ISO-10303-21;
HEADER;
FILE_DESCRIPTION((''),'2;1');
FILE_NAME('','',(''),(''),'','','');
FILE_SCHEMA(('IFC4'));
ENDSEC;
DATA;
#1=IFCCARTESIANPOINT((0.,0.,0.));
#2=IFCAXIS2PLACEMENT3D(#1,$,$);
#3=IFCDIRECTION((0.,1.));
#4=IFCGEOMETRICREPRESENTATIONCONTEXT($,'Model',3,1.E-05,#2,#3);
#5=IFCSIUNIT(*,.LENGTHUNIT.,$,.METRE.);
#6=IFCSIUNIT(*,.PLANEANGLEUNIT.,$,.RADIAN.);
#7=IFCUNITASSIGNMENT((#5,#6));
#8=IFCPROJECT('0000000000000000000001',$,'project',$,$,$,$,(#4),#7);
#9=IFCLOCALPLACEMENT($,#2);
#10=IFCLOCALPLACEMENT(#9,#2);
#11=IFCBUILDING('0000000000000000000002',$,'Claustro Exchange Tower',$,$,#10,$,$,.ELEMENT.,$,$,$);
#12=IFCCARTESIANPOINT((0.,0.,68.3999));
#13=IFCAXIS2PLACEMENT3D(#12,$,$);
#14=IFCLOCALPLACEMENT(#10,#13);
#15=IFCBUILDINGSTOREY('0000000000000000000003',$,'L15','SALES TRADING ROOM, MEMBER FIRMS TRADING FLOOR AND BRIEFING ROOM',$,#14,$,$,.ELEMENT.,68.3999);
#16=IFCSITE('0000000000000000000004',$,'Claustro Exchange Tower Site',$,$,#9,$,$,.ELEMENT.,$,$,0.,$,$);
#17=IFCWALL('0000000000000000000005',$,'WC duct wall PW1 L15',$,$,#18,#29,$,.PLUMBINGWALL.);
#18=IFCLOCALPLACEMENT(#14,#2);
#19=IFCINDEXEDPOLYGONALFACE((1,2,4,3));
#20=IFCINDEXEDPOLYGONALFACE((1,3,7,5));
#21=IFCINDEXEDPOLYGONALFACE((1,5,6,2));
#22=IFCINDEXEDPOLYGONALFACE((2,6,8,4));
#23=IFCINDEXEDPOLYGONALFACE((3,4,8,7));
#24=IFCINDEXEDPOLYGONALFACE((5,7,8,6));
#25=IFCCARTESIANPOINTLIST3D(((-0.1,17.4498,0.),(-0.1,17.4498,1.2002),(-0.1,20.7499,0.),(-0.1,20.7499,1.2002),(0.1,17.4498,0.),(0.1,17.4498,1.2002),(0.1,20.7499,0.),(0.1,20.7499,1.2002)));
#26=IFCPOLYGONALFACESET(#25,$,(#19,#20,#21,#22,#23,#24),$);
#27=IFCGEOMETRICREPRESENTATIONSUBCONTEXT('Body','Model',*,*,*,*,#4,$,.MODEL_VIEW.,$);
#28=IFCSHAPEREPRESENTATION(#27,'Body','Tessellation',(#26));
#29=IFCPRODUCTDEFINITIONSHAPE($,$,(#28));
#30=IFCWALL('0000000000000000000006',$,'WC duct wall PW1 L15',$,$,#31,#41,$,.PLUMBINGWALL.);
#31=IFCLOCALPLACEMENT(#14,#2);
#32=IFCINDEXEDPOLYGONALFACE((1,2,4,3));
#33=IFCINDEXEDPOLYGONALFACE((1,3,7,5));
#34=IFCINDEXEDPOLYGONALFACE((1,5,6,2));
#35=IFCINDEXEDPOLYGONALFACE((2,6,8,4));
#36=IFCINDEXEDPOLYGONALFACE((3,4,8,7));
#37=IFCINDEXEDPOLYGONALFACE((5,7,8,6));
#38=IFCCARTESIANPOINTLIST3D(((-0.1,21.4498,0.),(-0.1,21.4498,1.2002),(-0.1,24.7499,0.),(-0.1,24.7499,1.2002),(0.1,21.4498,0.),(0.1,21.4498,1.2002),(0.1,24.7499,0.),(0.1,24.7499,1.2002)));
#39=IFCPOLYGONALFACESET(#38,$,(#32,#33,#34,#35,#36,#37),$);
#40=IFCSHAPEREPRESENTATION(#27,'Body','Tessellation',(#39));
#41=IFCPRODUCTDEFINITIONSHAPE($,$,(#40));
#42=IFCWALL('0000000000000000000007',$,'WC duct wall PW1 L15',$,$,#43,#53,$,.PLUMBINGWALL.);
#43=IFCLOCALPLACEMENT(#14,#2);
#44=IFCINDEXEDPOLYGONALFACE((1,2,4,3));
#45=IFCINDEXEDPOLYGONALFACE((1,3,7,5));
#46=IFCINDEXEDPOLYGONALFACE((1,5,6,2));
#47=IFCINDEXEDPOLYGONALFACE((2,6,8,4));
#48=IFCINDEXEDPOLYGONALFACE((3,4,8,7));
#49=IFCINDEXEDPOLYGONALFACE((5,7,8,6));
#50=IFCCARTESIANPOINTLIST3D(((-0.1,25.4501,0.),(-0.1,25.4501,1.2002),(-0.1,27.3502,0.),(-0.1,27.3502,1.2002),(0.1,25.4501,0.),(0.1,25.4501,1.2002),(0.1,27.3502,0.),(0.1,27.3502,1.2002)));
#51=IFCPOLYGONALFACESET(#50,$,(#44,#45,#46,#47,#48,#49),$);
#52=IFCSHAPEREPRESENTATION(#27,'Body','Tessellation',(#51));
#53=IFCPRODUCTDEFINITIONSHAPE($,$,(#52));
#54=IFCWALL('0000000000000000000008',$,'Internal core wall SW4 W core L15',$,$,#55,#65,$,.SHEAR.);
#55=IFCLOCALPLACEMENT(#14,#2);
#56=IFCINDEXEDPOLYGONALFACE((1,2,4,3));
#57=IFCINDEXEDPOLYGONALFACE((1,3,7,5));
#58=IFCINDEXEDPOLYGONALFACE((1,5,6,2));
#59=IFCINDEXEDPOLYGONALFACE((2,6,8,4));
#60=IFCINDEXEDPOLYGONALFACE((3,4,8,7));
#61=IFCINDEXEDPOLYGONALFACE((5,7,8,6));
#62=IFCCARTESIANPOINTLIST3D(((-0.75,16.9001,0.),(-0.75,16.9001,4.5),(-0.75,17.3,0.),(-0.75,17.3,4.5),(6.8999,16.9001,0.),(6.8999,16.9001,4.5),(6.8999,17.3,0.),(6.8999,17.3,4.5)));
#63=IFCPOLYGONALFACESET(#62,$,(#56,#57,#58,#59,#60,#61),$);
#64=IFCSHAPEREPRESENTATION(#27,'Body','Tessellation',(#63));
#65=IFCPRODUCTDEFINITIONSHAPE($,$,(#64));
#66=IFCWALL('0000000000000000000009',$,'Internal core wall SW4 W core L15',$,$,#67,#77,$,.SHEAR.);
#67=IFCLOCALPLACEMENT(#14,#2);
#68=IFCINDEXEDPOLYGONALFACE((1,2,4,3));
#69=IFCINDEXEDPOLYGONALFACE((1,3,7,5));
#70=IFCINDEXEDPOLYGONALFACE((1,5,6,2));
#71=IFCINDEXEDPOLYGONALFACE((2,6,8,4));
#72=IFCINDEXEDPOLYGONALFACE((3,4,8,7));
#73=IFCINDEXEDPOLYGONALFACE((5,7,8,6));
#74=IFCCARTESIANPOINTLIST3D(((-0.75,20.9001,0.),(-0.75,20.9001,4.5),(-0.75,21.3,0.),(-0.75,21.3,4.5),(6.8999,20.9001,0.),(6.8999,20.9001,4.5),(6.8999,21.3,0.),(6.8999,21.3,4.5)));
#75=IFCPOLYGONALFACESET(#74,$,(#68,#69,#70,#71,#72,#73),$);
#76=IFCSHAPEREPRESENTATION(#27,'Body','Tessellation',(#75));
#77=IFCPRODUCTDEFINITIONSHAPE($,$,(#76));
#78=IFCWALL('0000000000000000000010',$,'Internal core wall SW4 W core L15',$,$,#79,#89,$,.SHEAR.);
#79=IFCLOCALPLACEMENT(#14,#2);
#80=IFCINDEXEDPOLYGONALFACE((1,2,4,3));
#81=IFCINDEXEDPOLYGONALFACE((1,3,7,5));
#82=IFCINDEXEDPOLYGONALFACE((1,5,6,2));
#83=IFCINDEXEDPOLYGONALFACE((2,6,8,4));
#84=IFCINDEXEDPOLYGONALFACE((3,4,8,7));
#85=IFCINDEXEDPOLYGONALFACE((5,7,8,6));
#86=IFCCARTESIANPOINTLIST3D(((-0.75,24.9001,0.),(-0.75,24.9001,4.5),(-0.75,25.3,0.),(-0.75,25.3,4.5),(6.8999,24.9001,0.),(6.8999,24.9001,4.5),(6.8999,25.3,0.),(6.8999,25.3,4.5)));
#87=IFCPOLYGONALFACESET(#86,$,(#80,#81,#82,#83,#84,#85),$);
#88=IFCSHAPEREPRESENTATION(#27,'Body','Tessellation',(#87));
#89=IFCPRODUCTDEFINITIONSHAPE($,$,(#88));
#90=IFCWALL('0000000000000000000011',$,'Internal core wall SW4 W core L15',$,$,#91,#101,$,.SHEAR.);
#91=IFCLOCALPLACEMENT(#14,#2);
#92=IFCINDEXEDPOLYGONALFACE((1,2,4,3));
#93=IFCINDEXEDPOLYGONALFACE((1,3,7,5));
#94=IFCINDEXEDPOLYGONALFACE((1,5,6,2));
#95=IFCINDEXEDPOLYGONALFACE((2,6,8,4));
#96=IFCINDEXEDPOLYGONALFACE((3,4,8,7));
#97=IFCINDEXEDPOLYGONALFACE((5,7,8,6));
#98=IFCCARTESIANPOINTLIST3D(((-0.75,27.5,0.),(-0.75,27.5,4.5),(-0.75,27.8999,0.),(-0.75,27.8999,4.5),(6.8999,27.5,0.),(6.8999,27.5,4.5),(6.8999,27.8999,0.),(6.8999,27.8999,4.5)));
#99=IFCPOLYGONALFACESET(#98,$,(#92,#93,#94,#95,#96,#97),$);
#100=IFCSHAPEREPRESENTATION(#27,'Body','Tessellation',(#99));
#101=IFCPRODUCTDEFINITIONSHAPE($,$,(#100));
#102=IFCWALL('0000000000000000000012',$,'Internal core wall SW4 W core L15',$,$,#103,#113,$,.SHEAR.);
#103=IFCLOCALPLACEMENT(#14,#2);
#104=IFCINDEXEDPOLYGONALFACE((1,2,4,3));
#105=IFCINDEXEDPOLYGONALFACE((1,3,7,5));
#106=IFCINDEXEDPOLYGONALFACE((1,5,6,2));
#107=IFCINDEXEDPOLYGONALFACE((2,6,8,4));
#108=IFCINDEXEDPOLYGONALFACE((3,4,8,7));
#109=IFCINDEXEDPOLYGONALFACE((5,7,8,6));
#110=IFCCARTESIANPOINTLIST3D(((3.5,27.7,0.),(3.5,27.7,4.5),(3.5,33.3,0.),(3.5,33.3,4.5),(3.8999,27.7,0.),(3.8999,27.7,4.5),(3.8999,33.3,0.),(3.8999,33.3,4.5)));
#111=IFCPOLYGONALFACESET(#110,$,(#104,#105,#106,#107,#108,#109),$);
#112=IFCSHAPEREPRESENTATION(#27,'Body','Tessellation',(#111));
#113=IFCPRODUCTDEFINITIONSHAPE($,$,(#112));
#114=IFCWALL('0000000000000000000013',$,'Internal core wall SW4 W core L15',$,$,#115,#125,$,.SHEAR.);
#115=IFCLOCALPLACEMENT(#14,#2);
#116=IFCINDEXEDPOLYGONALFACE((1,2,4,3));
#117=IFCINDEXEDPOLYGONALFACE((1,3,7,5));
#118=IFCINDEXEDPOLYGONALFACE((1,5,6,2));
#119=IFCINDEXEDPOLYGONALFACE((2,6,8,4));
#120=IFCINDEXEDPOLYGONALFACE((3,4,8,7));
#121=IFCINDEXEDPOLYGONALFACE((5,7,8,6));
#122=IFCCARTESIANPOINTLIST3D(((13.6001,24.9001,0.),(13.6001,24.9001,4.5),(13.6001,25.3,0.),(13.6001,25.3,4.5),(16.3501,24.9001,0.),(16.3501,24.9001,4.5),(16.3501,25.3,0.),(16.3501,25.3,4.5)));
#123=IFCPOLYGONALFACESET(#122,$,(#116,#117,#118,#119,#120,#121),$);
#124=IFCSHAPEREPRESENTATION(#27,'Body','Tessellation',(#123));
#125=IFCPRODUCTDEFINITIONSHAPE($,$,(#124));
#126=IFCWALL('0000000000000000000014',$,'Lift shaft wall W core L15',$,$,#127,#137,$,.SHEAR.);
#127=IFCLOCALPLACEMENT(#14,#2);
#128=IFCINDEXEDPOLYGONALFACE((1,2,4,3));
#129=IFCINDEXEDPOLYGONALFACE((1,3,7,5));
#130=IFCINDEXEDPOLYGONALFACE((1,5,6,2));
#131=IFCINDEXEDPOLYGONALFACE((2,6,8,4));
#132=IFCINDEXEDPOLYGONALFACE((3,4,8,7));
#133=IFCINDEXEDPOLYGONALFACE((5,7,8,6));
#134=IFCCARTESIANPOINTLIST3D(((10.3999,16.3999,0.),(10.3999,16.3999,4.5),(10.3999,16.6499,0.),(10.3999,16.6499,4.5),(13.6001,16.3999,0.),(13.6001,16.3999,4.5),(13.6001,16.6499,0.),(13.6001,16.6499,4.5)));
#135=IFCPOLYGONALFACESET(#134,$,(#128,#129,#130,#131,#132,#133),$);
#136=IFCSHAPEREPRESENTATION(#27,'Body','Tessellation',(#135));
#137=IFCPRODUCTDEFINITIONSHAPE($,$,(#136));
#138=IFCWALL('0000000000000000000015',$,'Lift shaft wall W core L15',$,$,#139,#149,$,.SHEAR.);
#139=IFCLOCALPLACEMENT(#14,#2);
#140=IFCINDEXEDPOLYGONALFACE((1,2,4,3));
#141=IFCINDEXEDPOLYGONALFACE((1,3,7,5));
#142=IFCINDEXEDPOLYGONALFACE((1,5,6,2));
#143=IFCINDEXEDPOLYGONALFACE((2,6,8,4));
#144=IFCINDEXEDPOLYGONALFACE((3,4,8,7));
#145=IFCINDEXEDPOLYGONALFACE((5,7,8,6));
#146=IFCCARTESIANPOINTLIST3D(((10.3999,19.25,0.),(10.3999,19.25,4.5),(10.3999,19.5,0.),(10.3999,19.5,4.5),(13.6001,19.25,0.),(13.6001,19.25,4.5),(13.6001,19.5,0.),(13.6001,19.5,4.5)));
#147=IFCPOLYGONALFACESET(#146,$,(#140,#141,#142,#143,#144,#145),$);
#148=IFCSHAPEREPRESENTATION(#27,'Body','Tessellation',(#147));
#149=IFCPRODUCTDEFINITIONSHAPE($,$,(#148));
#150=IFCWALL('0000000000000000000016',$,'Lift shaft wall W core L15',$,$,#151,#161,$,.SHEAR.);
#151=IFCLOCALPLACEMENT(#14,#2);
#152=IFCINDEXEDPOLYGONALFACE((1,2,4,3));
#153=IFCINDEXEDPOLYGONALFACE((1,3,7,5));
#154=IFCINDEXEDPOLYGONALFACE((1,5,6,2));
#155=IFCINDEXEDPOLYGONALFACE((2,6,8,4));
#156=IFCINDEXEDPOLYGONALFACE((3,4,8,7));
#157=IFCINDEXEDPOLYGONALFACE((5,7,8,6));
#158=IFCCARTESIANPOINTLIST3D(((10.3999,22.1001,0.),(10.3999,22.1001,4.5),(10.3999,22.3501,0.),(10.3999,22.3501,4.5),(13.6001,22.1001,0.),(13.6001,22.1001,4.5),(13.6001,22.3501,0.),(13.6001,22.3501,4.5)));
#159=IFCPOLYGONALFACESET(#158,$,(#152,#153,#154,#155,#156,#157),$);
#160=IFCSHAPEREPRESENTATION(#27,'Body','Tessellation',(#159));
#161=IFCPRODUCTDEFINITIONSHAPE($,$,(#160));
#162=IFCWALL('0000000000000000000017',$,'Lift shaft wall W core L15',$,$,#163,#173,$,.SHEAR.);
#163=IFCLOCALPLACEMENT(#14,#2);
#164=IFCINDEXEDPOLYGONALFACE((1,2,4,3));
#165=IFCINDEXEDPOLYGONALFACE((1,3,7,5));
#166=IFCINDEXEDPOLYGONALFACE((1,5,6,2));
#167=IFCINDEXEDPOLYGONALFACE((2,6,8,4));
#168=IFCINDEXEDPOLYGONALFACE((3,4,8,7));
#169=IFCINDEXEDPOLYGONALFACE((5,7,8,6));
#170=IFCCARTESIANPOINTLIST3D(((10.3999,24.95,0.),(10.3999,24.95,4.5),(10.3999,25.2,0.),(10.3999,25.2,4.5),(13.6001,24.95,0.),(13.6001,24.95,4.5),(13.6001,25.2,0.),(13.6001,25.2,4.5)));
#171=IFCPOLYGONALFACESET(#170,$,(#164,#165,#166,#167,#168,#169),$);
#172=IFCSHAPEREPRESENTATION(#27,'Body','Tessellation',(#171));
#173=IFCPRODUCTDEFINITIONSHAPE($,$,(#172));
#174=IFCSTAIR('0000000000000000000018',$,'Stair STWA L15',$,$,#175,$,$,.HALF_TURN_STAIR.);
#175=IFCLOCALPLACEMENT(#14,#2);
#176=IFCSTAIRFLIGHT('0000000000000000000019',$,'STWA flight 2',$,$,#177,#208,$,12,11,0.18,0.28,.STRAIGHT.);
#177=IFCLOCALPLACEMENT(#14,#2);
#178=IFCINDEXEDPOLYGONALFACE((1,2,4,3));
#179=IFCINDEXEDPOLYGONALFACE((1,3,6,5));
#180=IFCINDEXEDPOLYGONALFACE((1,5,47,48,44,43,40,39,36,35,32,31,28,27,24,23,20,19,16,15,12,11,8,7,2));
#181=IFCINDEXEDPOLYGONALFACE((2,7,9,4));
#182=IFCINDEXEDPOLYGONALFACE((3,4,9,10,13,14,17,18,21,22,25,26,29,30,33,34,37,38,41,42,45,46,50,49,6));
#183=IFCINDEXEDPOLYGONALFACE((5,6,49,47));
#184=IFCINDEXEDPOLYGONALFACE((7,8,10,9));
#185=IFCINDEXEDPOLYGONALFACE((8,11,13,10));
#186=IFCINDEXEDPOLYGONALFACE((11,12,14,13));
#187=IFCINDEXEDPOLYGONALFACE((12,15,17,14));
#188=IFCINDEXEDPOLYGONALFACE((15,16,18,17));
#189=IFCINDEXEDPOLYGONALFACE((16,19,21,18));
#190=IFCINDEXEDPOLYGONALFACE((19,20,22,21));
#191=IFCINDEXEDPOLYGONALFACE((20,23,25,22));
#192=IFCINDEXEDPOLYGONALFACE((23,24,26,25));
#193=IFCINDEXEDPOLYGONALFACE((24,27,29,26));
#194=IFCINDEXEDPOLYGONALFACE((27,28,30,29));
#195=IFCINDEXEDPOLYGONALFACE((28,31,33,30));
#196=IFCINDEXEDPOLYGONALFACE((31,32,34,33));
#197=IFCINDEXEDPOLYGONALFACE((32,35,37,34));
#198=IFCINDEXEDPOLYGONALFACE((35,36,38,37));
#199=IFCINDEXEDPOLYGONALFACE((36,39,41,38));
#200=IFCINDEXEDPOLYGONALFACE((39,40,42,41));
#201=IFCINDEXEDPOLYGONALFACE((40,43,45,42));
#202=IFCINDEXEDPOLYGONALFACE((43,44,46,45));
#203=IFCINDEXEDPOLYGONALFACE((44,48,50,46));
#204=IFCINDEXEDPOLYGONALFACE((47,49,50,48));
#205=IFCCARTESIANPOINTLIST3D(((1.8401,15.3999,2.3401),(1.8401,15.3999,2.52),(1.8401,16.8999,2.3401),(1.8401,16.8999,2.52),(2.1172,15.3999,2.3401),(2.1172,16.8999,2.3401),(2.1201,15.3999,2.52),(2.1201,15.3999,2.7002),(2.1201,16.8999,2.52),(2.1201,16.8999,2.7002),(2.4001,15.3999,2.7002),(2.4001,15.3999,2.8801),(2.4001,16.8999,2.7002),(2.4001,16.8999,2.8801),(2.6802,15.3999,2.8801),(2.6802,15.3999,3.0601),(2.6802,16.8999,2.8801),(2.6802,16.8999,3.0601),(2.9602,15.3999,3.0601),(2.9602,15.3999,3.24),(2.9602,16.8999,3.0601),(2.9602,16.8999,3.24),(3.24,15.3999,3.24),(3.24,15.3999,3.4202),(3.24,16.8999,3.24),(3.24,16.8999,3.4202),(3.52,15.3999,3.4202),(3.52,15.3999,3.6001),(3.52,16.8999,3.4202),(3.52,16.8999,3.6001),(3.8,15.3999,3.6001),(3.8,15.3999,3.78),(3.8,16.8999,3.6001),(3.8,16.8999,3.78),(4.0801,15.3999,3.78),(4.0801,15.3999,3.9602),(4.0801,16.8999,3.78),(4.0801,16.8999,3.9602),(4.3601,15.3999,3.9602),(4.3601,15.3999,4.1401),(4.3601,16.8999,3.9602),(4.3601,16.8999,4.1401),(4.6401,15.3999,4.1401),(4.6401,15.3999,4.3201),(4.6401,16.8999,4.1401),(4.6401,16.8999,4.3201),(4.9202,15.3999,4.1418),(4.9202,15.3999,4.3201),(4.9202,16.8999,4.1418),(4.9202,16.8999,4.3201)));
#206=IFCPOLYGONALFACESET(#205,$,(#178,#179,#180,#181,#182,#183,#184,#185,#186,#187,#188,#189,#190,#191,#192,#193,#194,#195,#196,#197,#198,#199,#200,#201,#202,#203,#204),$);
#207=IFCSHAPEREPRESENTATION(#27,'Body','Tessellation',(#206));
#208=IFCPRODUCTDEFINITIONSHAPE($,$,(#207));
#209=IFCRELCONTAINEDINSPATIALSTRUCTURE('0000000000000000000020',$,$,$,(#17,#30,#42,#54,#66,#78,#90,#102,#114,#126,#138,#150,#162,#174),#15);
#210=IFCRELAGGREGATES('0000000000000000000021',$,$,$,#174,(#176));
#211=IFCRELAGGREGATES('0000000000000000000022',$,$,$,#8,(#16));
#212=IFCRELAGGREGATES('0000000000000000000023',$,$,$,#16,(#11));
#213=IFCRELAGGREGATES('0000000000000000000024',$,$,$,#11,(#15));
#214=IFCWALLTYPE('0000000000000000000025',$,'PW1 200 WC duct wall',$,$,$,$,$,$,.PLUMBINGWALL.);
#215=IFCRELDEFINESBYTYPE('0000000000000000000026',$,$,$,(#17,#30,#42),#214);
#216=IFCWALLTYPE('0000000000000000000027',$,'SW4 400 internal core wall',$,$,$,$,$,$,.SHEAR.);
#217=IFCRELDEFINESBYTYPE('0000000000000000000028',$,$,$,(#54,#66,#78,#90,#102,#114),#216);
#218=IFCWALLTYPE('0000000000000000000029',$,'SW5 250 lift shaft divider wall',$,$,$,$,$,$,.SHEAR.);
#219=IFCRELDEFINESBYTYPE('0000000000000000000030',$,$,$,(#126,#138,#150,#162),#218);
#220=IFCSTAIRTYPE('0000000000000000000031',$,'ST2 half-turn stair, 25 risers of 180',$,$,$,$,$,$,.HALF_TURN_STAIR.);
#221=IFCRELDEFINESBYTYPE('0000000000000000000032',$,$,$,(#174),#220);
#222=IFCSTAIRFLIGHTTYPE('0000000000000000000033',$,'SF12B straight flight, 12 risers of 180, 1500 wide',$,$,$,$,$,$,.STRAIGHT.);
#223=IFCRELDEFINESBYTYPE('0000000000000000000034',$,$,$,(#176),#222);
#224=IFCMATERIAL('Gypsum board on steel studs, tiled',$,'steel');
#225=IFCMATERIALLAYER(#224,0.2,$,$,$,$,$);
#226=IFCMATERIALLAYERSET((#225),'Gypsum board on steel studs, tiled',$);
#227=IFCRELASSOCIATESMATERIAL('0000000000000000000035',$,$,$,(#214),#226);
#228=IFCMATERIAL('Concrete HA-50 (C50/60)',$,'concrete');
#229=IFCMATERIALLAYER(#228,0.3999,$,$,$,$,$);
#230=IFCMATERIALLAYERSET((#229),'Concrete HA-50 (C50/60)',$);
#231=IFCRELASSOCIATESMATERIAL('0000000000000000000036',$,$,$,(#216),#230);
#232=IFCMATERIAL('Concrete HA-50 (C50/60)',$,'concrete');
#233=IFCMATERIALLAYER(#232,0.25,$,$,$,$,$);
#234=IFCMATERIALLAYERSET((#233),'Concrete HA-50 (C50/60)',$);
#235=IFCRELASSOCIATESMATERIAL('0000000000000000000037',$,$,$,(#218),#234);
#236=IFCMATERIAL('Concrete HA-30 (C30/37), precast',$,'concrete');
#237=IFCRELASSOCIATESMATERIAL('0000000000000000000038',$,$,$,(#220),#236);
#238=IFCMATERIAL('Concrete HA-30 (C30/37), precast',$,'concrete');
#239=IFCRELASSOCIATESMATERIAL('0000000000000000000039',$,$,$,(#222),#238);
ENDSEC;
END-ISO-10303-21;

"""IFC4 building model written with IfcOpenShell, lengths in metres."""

from ifc_helpers import new_model, si_unit, direction, frame, frame_2d, origin, place, context, subcontext, project, spatial, polyline, rectangle, outline, extrude, material, layer, layer_set, type_object, element, aggregate, save


model = new_model("IFC4")

# Units and contexts
model_context = context("Model", 3, precision=1e-05, world=origin(), true_north=direction((0.0, 1.0)))
body_context = subcontext(model_context, "Body", "Model", "MODEL_VIEW")
ifc_project = project(units=[si_unit("LENGTHUNIT", "METRE"), si_unit("PLANEANGLEUNIT", "RADIAN")], contexts=[model_context])

# Site, building, storey
site_placement = place(None, origin())
site = spatial("IfcSite", under=ifc_project, at=site_placement, Name="Claustro Exchange Tower Site", CompositionType="ELEMENT", RefElevation=0.0)
building_placement = place(site_placement, origin())
building = spatial("IfcBuilding", under=site, at=building_placement, Name="Claustro Exchange Tower", CompositionType="ELEMENT")
storey_placement = place(building_placement, frame((0.0, 0.0, 68.3999)))
storey = spatial("IfcBuildingStorey", under=building, at=storey_placement, Name="L15", Description="SALES TRADING ROOM, MEMBER FIRMS TRADING FLOOR AND BRIEFING ROOM", CompositionType="ELEMENT", Elevation=68.3999)

# Walls
ifc_material_1 = material(Name="Gypsum board on steel studs, tiled", Category="steel")
ifc_layer_1 = layer(ifc_material_1, 0.2)
ifc_layer_set_1 = layer_set([ifc_layer_1], Name="Gypsum board on steel studs, tiled")
wall_type_1 = type_object("IfcWallType", Name="PW1 200 WC duct wall", PredefinedType="PLUMBINGWALL", material=ifc_layer_set_1)
for number, where, z_axis, x_axis, name in (
    (1, (0.0, 17.45, 0.0), (0.0, 0.0, 1.0), (0.0, 1.0, 0.0), "WC duct wall PW1 L15"),
    (2, (0.0, 21.45, 0.0), (0.0, 0.0, 1.0), (0.0, 1.0, 0.0), "WC duct wall PW1 L15"),
):
    element("IfcWall", number, at=place(storey_placement, frame(where, z_axis=z_axis, x_axis=x_axis)), inside=storey, type_object=wall_type_1, Name=name, PredefinedType="PLUMBINGWALL", context=body_context, shape_type="SweptSolid", body=[
        extrude(rectangle(XDim=3.3, YDim=0.2, at=frame_2d((1.6499, 0.0))), origin(), (0.0, 0.0, 1.0), 1.2002),
    ])
wall_1_placement = place(storey_placement, frame((0.0, 25.45, 0.0), z_axis=(0.0, 0.0, 1.0), x_axis=(0.0, 1.0, 0.0)))
element("IfcWall", 3, at=wall_1_placement, inside=storey, type_object=wall_type_1, Name="WC duct wall PW1 L15", PredefinedType="PLUMBINGWALL", context=body_context, shape_type="SweptSolid", body=[
    extrude(rectangle(XDim=1.9001, YDim=0.2, at=frame_2d((0.9502, 0.0))), origin(), (0.0, 0.0, 1.0), 1.2002),
])
ifc_material_2 = material(Name="Concrete HA-50 (C50/60)", Category="concrete")
ifc_layer_2 = layer(ifc_material_2, 0.3999)
ifc_layer_set_2 = layer_set([ifc_layer_2], Name="Concrete HA-50 (C50/60)")
wall_type_2 = type_object("IfcWallType", Name="SW4 400 internal core wall", PredefinedType="SHEAR", material=ifc_layer_set_2)
for number, where, z_axis, x_axis, name in (
    (4, (-0.75, 17.1001, 0.0), (0.0, 0.0, 1.0), (1.0, 0.0, 0.0), "Internal core wall SW4 W core L15"),
    (5, (-0.75, 21.1001, 0.0), (0.0, 0.0, 1.0), (1.0, 0.0, 0.0), "Internal core wall SW4 W core L15"),
    (6, (-0.75, 25.1001, 0.0), (0.0, 0.0, 1.0), (1.0, 0.0, 0.0), "Internal core wall SW4 W core L15"),
    (7, (-0.75, 27.7, 0.0), (0.0, 0.0, 1.0), (1.0, 0.0, 0.0), "Internal core wall SW4 W core L15"),
):
    element("IfcWall", number, at=place(storey_placement, frame(where, z_axis=z_axis, x_axis=x_axis)), inside=storey, type_object=wall_type_2, Name=name, PredefinedType="SHEAR", context=body_context, shape_type="SweptSolid", body=[
        extrude(rectangle(XDim=7.6499, YDim=0.3999, at=frame_2d((3.825, 0.0))), origin(), (0.0, 0.0, 1.0), 4.5),
    ])
wall_2_placement = place(storey_placement, frame((3.7, 27.7, 0.0), z_axis=(0.0, 0.0, 1.0), x_axis=(0.0, 1.0, 0.0)))
element("IfcWall", 8, at=wall_2_placement, inside=storey, type_object=wall_type_2, Name="Internal core wall SW4 W core L15", PredefinedType="SHEAR", context=body_context, shape_type="SweptSolid", body=[
    extrude(rectangle(XDim=5.6001, YDim=0.3999, at=frame_2d((2.8, 0.0))), origin(), (0.0, 0.0, 1.0), 4.5),
])
wall_3_placement = place(storey_placement, frame((13.6001, 25.1001, 0.0), z_axis=(0.0, 0.0, 1.0), x_axis=(1.0, 0.0, 0.0)))
element("IfcWall", 9, at=wall_3_placement, inside=storey, type_object=wall_type_2, Name="Internal core wall SW4 W core L15", PredefinedType="SHEAR", context=body_context, shape_type="SweptSolid", body=[
    extrude(rectangle(XDim=2.75, YDim=0.3999, at=frame_2d((1.375, 0.0))), origin(), (0.0, 0.0, 1.0), 4.5),
])
ifc_material_3 = material(Name="Concrete HA-50 (C50/60)", Category="concrete")
ifc_layer_3 = layer(ifc_material_3, 0.25)
ifc_layer_set_3 = layer_set([ifc_layer_3], Name="Concrete HA-50 (C50/60)")
wall_type_3 = type_object("IfcWallType", Name="SW5 250 lift shaft divider wall", PredefinedType="SHEAR", material=ifc_layer_set_3)
for number, where, z_axis, x_axis, name in (
    (10, (10.3999, 16.5249, 0.0), (0.0, 0.0, 1.0), (1.0, 0.0, 0.0), "Lift shaft wall W core L15"),
    (11, (10.3999, 19.375, 0.0), (0.0, 0.0, 1.0), (1.0, 0.0, 0.0), "Lift shaft wall W core L15"),
    (12, (10.3999, 22.2251, 0.0), (0.0, 0.0, 1.0), (1.0, 0.0, 0.0), "Lift shaft wall W core L15"),
    (13, (10.3999, 25.075, 0.0), (0.0, 0.0, 1.0), (1.0, 0.0, 0.0), "Lift shaft wall W core L15"),
):
    element("IfcWall", number, at=place(storey_placement, frame(where, z_axis=z_axis, x_axis=x_axis)), inside=storey, type_object=wall_type_3, Name=name, PredefinedType="SHEAR", context=body_context, shape_type="SweptSolid", body=[
        extrude(rectangle(XDim=3.2002, YDim=0.25, at=frame_2d((1.6001, 0.0))), origin(), (0.0, 0.0, 1.0), 4.5),
    ])

# Stair, stair flight
ifc_material_4 = material(Name="Concrete HA-30 (C30/37), precast", Category="concrete")
stair_type = type_object("IfcStairType", Name="ST2 half-turn stair, 25 risers of 180", PredefinedType="HALF_TURN_STAIR", material=ifc_material_4)
stair_placement = place(storey_placement, origin())
stair = element("IfcStair", 14, at=stair_placement, inside=storey, type_object=stair_type, Name="Stair STWA L15", PredefinedType="HALF_TURN_STAIR")
ifc_material_5 = material(Name="Concrete HA-30 (C30/37), precast", Category="concrete")
stair_flight_type = type_object("IfcStairFlightType", Name="SF12B straight flight, 12 risers of 180, 1500 wide", PredefinedType="STRAIGHT", material=ifc_material_5)
stair_flight_placement = place(storey_placement, frame((1.8401, 16.1499, 2.3401), z_axis=(0.0, 0.0, 1.0), x_axis=(1.0, 0.0, 0.0)))
stair_flight = element("IfcStairFlight", 15, at=stair_flight_placement, type_object=stair_flight_type, Name="STWA flight 2", NumberOfRisers=12, NumberOfTreads=11, PredefinedType="STRAIGHT", RiserHeight=0.18, TreadLength=0.28, context=body_context, shape_type="SweptSolid", body=[
    extrude(outline(polyline([(0.0, 0.0), (0.0, 0.1799), (0.28, 0.1799), (0.28, 0.3601), (0.5601, 0.3601), (0.5601, 0.54), (0.8401, 0.54), (0.8401, 0.72), (1.1201, 0.72), (1.1201, 0.8999), (1.3999, 0.8999), (1.3999, 1.0801), (1.6799, 1.0801), (1.6799, 1.26), (1.96, 1.26), (1.96, 1.4399), (2.24, 1.4399), (2.24, 1.6201), (2.52, 1.6201), (2.52, 1.8), (2.8, 1.8), (2.8, 1.98), (3.0801, 1.98), (3.0801, 2.1599), (3.0801, 1.8018), (0.2771, 0.0), (0.0, 0.0)])), frame((0.0, 0.75, 0.0), z_axis=(0.0, -1.0, 0.0), x_axis=(1.0, 0.0, 0.0)), (0.0, 0.0, 1.0), 1.5),
])
aggregate(stair, [stair_flight])

save(model, "model.ifc")
